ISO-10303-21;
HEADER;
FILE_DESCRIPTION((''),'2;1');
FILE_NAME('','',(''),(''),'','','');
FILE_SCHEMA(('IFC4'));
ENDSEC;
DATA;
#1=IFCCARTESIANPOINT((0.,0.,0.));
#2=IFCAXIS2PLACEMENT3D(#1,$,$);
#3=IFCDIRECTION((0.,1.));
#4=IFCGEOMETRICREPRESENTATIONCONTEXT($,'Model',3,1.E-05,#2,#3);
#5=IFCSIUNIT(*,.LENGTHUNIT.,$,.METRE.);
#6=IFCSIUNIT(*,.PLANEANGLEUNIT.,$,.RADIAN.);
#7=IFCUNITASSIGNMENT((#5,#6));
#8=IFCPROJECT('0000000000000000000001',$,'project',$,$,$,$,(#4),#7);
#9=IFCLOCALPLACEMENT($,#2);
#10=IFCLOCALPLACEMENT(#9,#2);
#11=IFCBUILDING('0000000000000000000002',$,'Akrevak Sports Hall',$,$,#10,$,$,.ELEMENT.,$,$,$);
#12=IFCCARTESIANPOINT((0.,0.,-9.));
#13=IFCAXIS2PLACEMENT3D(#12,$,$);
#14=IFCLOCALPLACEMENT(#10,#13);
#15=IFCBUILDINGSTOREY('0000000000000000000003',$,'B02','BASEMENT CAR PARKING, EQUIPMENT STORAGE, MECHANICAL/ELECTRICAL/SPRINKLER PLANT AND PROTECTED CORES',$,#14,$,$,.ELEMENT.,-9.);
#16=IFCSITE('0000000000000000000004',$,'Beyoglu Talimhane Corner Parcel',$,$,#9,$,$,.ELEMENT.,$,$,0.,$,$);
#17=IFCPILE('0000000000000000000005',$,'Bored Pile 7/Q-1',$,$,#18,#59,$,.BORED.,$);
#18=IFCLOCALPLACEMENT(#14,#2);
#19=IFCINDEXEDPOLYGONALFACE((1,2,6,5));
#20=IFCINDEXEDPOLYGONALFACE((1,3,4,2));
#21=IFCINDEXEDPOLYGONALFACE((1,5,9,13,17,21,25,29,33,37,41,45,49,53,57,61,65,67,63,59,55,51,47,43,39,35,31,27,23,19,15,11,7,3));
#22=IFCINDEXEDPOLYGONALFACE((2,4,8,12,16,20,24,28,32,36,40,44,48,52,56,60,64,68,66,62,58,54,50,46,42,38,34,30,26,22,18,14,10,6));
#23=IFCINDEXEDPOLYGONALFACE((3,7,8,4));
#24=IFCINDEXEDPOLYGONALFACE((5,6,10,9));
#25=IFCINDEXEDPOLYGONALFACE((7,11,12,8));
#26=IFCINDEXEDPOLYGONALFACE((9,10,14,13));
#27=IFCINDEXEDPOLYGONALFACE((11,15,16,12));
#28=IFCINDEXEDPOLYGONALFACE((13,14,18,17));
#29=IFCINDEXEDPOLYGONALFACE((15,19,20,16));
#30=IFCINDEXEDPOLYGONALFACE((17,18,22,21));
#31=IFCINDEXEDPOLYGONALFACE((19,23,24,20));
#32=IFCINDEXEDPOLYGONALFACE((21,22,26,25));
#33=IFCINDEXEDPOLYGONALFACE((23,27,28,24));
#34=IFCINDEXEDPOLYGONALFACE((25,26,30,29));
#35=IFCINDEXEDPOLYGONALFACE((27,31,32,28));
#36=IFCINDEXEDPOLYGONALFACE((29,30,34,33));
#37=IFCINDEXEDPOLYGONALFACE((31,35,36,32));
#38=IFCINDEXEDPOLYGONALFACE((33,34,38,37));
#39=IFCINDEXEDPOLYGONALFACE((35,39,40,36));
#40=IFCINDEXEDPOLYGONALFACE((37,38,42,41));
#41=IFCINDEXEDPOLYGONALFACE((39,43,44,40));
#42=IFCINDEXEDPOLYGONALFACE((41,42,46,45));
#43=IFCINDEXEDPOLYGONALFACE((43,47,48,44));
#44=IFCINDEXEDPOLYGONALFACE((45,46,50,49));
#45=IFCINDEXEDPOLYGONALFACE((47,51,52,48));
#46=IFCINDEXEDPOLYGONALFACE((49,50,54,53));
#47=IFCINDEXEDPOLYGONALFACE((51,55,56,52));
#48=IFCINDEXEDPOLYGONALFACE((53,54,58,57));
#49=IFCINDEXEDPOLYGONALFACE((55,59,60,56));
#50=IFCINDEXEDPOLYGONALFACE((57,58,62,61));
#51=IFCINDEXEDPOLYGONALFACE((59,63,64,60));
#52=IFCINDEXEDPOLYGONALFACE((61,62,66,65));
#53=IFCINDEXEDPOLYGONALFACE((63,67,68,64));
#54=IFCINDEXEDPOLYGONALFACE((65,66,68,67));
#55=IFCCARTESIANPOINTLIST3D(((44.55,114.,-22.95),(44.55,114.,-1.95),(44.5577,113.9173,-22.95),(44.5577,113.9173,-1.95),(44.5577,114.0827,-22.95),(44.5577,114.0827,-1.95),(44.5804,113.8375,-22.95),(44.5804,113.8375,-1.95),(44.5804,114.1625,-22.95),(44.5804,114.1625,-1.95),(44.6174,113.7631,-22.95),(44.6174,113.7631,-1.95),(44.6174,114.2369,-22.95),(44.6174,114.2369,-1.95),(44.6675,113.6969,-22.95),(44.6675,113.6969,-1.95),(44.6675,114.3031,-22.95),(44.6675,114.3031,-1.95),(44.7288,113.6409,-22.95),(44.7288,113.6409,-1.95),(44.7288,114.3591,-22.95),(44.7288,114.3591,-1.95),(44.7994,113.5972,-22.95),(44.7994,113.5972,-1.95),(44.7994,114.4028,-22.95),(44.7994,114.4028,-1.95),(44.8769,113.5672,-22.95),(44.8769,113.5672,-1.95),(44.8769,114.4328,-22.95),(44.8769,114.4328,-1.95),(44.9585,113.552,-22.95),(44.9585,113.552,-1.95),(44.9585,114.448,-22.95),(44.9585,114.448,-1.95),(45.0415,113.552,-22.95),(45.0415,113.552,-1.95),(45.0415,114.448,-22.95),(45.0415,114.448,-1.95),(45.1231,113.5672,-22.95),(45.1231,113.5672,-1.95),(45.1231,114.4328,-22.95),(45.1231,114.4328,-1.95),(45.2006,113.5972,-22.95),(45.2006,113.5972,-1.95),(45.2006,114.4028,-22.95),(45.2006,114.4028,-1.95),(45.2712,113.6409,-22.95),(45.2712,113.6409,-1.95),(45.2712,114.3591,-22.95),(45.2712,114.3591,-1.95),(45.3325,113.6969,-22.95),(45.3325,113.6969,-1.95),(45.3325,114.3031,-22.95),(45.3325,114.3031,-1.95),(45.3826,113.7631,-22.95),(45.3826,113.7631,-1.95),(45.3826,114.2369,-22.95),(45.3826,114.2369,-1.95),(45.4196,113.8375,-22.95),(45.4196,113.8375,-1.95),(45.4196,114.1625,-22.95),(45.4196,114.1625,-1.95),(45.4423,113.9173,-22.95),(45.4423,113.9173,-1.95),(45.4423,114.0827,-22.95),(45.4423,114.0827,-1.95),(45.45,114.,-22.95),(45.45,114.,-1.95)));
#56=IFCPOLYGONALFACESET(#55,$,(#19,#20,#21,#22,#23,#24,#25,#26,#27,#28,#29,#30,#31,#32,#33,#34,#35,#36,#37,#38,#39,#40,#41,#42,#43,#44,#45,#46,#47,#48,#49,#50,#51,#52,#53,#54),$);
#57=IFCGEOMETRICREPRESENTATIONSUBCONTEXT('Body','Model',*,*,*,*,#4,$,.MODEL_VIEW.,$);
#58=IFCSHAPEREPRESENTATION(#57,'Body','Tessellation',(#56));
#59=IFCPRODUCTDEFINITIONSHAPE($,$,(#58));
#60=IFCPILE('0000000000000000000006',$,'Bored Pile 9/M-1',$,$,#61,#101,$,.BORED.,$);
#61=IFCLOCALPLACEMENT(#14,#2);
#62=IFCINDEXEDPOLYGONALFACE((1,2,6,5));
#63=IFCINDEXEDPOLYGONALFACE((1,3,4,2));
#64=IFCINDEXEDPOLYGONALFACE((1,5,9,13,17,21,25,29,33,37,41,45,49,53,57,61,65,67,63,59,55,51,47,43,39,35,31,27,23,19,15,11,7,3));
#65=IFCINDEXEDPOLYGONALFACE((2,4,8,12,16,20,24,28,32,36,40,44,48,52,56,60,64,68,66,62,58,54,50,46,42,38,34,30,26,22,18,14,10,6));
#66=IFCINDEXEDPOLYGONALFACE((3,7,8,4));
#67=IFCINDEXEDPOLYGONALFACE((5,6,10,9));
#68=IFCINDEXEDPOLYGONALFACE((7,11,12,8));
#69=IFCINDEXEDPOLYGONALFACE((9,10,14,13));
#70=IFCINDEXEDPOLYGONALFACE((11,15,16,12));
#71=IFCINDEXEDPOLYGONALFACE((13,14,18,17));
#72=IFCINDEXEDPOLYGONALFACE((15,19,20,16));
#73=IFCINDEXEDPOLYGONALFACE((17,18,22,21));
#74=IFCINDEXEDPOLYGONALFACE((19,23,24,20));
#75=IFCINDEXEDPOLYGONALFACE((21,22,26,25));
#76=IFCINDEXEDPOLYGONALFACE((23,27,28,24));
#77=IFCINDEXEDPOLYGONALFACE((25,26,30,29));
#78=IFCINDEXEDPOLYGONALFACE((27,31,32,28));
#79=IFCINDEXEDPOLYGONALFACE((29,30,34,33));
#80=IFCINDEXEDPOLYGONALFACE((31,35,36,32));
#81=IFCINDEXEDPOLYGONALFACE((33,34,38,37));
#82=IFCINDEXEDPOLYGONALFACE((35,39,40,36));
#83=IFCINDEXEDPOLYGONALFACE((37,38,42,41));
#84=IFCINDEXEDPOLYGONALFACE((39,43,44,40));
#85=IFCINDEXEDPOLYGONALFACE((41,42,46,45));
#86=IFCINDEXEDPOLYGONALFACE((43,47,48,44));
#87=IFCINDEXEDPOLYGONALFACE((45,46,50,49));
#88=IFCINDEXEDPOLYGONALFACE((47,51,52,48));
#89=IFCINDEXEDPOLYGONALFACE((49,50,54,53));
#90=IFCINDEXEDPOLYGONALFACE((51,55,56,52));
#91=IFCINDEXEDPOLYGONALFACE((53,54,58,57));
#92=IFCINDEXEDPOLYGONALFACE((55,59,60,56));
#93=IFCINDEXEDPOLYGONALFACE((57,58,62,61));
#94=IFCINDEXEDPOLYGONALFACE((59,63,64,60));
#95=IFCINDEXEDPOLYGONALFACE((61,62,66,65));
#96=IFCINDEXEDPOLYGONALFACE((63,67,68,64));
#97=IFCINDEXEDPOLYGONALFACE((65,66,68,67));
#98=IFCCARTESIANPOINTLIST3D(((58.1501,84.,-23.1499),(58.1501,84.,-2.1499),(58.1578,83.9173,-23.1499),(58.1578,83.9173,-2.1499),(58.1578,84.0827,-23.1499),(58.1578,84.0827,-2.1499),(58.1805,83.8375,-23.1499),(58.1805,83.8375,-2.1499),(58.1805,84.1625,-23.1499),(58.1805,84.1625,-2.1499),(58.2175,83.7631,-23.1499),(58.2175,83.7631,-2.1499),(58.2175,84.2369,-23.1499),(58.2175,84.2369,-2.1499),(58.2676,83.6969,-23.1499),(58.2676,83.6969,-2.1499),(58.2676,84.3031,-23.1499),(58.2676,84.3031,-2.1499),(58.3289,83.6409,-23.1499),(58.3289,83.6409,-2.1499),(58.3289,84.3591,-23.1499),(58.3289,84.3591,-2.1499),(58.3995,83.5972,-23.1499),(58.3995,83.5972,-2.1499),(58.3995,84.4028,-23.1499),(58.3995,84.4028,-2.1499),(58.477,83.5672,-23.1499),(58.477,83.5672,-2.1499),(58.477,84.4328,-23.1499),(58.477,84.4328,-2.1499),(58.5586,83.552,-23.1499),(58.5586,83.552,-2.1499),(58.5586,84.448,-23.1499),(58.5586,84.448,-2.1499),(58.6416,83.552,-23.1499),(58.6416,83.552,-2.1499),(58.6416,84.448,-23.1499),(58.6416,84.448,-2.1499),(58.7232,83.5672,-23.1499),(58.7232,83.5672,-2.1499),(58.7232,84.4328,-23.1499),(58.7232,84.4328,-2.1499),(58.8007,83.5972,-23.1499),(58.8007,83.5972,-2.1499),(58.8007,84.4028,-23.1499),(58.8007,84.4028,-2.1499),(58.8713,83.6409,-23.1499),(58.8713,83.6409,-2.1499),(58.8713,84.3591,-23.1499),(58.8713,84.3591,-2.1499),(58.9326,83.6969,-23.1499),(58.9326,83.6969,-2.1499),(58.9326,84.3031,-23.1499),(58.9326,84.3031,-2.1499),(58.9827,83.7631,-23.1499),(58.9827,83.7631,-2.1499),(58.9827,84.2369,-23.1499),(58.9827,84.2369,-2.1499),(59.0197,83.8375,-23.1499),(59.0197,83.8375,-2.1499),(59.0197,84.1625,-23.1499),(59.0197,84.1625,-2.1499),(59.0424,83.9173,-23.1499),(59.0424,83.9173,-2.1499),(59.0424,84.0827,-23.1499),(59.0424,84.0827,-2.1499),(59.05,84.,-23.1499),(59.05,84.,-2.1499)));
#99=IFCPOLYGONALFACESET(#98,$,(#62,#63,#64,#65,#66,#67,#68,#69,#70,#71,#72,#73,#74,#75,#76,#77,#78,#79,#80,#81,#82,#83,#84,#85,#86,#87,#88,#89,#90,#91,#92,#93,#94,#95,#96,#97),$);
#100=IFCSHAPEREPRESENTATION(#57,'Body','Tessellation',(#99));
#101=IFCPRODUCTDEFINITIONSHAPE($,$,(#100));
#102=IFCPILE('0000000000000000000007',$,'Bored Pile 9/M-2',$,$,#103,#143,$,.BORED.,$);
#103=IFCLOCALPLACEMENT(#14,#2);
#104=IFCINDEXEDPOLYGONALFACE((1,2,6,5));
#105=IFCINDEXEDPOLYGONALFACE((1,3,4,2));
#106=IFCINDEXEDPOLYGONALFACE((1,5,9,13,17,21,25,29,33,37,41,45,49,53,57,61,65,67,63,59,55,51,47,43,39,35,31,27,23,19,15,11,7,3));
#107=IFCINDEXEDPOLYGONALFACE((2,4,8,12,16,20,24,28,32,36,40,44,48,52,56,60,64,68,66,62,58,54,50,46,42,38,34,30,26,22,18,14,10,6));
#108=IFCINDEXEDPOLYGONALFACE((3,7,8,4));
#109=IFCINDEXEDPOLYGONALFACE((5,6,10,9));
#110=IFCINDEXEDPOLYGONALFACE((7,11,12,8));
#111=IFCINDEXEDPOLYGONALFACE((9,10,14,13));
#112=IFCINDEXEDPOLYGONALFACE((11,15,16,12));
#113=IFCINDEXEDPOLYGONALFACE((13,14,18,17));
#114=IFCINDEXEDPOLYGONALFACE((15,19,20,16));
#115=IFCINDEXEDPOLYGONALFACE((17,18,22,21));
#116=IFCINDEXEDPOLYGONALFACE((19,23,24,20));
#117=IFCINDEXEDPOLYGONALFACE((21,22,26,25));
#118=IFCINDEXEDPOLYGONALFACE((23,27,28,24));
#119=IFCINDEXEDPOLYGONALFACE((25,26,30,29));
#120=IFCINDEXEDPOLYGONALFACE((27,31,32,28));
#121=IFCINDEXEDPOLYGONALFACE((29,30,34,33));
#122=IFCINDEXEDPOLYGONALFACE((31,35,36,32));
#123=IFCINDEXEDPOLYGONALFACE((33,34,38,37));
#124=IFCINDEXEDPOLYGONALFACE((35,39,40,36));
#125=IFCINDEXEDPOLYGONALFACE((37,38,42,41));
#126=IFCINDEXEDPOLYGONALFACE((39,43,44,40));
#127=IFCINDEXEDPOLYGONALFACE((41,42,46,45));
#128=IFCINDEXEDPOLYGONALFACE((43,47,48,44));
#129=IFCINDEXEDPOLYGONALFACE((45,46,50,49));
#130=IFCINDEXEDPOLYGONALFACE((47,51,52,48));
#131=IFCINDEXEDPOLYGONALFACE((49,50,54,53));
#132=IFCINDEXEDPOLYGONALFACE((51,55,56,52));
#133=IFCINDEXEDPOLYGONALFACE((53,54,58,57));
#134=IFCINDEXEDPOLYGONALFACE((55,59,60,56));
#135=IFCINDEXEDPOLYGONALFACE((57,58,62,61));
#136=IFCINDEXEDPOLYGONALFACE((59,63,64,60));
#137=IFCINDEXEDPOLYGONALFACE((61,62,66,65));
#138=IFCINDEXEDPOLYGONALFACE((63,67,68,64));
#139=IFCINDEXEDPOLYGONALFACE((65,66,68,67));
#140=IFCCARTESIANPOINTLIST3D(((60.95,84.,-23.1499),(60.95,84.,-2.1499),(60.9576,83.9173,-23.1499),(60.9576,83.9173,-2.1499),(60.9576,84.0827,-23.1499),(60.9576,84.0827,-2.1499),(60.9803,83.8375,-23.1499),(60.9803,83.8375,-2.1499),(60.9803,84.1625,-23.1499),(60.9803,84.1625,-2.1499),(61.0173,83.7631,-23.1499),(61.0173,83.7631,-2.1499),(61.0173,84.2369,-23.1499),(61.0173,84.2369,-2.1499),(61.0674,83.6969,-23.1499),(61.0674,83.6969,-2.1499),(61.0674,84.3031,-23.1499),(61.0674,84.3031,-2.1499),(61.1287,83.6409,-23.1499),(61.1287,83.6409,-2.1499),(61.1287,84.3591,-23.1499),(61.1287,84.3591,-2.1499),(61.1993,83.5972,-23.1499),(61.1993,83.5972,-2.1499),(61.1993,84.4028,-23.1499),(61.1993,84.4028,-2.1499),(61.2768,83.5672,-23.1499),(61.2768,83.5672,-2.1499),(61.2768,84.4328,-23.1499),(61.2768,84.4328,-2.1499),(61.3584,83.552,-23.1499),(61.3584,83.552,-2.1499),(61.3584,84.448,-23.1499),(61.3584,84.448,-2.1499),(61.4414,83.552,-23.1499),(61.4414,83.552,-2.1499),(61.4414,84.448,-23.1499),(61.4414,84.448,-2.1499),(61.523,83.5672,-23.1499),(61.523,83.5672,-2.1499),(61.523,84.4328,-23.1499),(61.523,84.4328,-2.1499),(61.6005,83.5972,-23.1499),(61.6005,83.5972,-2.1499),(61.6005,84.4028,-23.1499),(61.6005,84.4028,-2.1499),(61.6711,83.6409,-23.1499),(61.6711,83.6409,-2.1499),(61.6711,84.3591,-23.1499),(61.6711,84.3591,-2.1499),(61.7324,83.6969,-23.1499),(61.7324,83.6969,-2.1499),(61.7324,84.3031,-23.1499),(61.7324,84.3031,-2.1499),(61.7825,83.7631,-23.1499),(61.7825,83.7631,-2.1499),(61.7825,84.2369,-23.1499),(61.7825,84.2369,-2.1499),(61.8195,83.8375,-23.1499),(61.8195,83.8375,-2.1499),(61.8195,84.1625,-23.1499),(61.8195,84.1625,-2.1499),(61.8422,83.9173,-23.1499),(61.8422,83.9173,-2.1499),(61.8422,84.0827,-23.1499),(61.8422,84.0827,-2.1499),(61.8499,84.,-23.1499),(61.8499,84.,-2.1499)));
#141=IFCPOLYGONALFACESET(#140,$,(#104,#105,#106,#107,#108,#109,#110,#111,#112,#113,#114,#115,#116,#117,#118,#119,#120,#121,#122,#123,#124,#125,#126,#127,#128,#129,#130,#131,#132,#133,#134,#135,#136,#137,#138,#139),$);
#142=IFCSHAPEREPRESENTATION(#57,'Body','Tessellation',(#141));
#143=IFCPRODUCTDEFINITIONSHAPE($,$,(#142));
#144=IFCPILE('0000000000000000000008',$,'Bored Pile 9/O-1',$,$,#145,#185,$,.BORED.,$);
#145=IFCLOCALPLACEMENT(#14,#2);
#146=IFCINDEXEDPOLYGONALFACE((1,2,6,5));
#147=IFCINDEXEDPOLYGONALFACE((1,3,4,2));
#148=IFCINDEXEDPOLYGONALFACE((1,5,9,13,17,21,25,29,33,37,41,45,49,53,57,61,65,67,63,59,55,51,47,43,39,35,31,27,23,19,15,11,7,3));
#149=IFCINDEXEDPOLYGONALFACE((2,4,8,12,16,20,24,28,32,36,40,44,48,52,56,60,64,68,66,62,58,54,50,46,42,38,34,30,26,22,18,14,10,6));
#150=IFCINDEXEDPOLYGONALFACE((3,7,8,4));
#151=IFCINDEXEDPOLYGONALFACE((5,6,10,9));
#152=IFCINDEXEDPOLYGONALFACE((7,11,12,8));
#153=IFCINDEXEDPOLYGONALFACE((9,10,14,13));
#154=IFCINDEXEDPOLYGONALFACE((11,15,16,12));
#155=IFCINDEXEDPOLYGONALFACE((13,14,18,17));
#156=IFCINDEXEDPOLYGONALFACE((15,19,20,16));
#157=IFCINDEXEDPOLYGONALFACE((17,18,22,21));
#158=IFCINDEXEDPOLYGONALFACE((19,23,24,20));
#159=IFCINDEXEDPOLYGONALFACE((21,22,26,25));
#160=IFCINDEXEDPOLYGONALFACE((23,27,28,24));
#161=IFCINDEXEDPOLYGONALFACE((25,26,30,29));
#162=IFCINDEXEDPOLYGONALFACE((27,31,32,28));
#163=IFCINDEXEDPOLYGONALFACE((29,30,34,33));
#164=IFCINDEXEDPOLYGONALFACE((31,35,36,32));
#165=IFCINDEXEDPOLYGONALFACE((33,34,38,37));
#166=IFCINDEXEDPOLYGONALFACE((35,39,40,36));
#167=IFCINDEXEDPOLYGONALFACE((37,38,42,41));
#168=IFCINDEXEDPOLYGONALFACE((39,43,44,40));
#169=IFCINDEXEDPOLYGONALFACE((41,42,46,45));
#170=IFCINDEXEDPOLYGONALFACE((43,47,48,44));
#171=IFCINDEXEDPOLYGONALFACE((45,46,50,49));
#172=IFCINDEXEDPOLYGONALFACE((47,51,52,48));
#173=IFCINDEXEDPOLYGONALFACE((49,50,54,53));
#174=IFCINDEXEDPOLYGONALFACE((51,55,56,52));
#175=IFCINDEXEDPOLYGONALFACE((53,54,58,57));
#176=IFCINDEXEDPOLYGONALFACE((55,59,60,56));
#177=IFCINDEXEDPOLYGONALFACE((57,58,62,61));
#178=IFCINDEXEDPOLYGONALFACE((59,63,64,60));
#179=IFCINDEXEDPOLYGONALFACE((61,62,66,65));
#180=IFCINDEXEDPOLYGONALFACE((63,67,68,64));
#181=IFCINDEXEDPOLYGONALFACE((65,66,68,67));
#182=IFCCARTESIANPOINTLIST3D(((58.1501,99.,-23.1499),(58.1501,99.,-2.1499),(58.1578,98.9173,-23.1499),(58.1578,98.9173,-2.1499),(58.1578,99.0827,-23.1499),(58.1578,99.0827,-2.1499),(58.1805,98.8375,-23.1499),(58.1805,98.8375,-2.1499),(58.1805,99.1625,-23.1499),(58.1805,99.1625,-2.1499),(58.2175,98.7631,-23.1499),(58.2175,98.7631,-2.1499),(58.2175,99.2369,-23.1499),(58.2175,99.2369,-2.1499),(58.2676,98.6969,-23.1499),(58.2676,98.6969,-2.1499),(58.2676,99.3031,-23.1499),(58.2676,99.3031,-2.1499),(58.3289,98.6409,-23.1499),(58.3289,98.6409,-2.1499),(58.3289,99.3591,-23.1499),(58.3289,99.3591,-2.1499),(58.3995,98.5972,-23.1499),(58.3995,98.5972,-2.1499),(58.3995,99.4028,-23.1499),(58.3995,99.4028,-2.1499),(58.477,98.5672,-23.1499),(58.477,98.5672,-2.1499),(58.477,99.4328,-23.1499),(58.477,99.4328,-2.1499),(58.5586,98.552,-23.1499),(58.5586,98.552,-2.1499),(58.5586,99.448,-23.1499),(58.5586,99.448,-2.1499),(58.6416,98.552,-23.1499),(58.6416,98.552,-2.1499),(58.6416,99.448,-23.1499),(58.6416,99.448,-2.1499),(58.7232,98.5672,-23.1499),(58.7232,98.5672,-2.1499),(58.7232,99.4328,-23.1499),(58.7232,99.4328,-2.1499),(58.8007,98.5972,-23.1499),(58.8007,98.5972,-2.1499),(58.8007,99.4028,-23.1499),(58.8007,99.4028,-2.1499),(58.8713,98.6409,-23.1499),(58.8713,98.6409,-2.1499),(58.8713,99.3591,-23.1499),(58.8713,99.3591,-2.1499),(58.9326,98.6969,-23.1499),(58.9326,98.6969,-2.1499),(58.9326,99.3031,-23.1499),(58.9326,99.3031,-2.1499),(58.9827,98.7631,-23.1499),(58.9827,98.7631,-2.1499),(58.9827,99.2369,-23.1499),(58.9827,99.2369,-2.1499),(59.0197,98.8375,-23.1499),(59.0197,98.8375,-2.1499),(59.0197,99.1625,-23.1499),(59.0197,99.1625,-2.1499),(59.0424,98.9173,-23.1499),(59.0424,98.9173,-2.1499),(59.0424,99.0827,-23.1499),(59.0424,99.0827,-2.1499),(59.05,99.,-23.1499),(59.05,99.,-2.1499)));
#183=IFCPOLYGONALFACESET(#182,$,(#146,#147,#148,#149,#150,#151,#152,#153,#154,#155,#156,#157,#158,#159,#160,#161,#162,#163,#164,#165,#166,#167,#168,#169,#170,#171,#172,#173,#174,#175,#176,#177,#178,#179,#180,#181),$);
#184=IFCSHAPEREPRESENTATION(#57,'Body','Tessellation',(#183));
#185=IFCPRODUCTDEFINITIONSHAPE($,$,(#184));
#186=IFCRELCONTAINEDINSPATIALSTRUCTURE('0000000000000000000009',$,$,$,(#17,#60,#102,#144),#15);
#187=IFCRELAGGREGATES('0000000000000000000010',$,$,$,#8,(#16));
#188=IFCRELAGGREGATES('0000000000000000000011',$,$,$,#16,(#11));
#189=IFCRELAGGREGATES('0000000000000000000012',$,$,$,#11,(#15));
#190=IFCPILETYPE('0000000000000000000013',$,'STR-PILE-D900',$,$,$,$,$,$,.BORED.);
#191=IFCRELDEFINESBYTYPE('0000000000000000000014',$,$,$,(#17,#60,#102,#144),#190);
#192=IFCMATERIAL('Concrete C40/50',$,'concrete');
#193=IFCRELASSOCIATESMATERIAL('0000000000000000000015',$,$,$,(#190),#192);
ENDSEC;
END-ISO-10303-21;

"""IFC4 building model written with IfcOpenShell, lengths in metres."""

from ifc_helpers import new_model, si_unit, direction, frame, origin, origin_2d, place, context, subcontext, project, spatial, circle, extrude, material, material_profile, profile_set, type_object, element, save


model = new_model("IFC4")

# Units and contexts
model_context = context("Model", 3, precision=1e-05, world=origin(), true_north=direction((0.0, 1.0)))
body_context = subcontext(model_context, "Body", "Model", "MODEL_VIEW")
ifc_project = project(units=[si_unit("LENGTHUNIT", "METRE"), si_unit("PLANEANGLEUNIT", "RADIAN")], contexts=[model_context])

# Site, building, storey
site_placement = place(None, origin())
site = spatial("IfcSite", under=ifc_project, at=site_placement, Name="Beyoglu Talimhane Corner Parcel", CompositionType="ELEMENT", RefElevation=0.0)
building_placement = place(site_placement, origin())
building = spatial("IfcBuilding", under=site, at=building_placement, Name="Akrevak Sports Hall", CompositionType="ELEMENT")
storey_placement = place(building_placement, frame((0.0, 0.0, -9.0)))
storey = spatial("IfcBuildingStorey", under=building, at=storey_placement, Name="B02", Description="BASEMENT CAR PARKING, EQUIPMENT STORAGE, MECHANICAL/ELECTRICAL/SPRINKLER PLANT AND PROTECTED CORES", CompositionType="ELEMENT", Elevation=-9.0)

# Shared definitions
ifc_material_1 = material(Name="Concrete C40/50", Category="concrete")

# Piles
ifc_material_profile_1 = material_profile(ifc_material_1, circle(Radius=0.45, at=origin_2d()), Name="BORED PILE D900", Category="concrete")
ifc_profile_set_1 = profile_set([ifc_material_profile_1], Name="Concrete C40/50")
pile_type = type_object("IfcPileType", Name="STR-PILE-D900", PredefinedType="BORED", material=ifc_profile_set_1)
for number, where, z_axis, x_axis, name in (
    (1, (45.0, 114.0, -1.95), (0.0, 0.0, -1.0), (1.0, 0.0, 0.0), "Bored Pile 7/Q-1"),
    (2, (58.6001, 84.0, -2.1499), (0.0, 0.0, -1.0), (1.0, 0.0, 0.0), "Bored Pile 9/M-1"),
    (3, (61.3999, 84.0, -2.1499), (0.0, 0.0, -1.0), (1.0, 0.0, 0.0), "Bored Pile 9/M-2"),
    (4, (58.6001, 99.0, -2.1499), (0.0, 0.0, -1.0), (1.0, 0.0, 0.0), "Bored Pile 9/O-1"),
):
    element("IfcPile", number, at=place(storey_placement, frame(where, z_axis=z_axis, x_axis=x_axis)), inside=storey, type_object=pile_type, Name=name, PredefinedType="BORED", context=body_context, shape_type="SweptSolid", body=[
        extrude(circle(Radius=0.45, at=origin_2d()), origin(), (0.0, 0.0, 1.0), 21.0),
    ])

save(model, "model.ifc")
